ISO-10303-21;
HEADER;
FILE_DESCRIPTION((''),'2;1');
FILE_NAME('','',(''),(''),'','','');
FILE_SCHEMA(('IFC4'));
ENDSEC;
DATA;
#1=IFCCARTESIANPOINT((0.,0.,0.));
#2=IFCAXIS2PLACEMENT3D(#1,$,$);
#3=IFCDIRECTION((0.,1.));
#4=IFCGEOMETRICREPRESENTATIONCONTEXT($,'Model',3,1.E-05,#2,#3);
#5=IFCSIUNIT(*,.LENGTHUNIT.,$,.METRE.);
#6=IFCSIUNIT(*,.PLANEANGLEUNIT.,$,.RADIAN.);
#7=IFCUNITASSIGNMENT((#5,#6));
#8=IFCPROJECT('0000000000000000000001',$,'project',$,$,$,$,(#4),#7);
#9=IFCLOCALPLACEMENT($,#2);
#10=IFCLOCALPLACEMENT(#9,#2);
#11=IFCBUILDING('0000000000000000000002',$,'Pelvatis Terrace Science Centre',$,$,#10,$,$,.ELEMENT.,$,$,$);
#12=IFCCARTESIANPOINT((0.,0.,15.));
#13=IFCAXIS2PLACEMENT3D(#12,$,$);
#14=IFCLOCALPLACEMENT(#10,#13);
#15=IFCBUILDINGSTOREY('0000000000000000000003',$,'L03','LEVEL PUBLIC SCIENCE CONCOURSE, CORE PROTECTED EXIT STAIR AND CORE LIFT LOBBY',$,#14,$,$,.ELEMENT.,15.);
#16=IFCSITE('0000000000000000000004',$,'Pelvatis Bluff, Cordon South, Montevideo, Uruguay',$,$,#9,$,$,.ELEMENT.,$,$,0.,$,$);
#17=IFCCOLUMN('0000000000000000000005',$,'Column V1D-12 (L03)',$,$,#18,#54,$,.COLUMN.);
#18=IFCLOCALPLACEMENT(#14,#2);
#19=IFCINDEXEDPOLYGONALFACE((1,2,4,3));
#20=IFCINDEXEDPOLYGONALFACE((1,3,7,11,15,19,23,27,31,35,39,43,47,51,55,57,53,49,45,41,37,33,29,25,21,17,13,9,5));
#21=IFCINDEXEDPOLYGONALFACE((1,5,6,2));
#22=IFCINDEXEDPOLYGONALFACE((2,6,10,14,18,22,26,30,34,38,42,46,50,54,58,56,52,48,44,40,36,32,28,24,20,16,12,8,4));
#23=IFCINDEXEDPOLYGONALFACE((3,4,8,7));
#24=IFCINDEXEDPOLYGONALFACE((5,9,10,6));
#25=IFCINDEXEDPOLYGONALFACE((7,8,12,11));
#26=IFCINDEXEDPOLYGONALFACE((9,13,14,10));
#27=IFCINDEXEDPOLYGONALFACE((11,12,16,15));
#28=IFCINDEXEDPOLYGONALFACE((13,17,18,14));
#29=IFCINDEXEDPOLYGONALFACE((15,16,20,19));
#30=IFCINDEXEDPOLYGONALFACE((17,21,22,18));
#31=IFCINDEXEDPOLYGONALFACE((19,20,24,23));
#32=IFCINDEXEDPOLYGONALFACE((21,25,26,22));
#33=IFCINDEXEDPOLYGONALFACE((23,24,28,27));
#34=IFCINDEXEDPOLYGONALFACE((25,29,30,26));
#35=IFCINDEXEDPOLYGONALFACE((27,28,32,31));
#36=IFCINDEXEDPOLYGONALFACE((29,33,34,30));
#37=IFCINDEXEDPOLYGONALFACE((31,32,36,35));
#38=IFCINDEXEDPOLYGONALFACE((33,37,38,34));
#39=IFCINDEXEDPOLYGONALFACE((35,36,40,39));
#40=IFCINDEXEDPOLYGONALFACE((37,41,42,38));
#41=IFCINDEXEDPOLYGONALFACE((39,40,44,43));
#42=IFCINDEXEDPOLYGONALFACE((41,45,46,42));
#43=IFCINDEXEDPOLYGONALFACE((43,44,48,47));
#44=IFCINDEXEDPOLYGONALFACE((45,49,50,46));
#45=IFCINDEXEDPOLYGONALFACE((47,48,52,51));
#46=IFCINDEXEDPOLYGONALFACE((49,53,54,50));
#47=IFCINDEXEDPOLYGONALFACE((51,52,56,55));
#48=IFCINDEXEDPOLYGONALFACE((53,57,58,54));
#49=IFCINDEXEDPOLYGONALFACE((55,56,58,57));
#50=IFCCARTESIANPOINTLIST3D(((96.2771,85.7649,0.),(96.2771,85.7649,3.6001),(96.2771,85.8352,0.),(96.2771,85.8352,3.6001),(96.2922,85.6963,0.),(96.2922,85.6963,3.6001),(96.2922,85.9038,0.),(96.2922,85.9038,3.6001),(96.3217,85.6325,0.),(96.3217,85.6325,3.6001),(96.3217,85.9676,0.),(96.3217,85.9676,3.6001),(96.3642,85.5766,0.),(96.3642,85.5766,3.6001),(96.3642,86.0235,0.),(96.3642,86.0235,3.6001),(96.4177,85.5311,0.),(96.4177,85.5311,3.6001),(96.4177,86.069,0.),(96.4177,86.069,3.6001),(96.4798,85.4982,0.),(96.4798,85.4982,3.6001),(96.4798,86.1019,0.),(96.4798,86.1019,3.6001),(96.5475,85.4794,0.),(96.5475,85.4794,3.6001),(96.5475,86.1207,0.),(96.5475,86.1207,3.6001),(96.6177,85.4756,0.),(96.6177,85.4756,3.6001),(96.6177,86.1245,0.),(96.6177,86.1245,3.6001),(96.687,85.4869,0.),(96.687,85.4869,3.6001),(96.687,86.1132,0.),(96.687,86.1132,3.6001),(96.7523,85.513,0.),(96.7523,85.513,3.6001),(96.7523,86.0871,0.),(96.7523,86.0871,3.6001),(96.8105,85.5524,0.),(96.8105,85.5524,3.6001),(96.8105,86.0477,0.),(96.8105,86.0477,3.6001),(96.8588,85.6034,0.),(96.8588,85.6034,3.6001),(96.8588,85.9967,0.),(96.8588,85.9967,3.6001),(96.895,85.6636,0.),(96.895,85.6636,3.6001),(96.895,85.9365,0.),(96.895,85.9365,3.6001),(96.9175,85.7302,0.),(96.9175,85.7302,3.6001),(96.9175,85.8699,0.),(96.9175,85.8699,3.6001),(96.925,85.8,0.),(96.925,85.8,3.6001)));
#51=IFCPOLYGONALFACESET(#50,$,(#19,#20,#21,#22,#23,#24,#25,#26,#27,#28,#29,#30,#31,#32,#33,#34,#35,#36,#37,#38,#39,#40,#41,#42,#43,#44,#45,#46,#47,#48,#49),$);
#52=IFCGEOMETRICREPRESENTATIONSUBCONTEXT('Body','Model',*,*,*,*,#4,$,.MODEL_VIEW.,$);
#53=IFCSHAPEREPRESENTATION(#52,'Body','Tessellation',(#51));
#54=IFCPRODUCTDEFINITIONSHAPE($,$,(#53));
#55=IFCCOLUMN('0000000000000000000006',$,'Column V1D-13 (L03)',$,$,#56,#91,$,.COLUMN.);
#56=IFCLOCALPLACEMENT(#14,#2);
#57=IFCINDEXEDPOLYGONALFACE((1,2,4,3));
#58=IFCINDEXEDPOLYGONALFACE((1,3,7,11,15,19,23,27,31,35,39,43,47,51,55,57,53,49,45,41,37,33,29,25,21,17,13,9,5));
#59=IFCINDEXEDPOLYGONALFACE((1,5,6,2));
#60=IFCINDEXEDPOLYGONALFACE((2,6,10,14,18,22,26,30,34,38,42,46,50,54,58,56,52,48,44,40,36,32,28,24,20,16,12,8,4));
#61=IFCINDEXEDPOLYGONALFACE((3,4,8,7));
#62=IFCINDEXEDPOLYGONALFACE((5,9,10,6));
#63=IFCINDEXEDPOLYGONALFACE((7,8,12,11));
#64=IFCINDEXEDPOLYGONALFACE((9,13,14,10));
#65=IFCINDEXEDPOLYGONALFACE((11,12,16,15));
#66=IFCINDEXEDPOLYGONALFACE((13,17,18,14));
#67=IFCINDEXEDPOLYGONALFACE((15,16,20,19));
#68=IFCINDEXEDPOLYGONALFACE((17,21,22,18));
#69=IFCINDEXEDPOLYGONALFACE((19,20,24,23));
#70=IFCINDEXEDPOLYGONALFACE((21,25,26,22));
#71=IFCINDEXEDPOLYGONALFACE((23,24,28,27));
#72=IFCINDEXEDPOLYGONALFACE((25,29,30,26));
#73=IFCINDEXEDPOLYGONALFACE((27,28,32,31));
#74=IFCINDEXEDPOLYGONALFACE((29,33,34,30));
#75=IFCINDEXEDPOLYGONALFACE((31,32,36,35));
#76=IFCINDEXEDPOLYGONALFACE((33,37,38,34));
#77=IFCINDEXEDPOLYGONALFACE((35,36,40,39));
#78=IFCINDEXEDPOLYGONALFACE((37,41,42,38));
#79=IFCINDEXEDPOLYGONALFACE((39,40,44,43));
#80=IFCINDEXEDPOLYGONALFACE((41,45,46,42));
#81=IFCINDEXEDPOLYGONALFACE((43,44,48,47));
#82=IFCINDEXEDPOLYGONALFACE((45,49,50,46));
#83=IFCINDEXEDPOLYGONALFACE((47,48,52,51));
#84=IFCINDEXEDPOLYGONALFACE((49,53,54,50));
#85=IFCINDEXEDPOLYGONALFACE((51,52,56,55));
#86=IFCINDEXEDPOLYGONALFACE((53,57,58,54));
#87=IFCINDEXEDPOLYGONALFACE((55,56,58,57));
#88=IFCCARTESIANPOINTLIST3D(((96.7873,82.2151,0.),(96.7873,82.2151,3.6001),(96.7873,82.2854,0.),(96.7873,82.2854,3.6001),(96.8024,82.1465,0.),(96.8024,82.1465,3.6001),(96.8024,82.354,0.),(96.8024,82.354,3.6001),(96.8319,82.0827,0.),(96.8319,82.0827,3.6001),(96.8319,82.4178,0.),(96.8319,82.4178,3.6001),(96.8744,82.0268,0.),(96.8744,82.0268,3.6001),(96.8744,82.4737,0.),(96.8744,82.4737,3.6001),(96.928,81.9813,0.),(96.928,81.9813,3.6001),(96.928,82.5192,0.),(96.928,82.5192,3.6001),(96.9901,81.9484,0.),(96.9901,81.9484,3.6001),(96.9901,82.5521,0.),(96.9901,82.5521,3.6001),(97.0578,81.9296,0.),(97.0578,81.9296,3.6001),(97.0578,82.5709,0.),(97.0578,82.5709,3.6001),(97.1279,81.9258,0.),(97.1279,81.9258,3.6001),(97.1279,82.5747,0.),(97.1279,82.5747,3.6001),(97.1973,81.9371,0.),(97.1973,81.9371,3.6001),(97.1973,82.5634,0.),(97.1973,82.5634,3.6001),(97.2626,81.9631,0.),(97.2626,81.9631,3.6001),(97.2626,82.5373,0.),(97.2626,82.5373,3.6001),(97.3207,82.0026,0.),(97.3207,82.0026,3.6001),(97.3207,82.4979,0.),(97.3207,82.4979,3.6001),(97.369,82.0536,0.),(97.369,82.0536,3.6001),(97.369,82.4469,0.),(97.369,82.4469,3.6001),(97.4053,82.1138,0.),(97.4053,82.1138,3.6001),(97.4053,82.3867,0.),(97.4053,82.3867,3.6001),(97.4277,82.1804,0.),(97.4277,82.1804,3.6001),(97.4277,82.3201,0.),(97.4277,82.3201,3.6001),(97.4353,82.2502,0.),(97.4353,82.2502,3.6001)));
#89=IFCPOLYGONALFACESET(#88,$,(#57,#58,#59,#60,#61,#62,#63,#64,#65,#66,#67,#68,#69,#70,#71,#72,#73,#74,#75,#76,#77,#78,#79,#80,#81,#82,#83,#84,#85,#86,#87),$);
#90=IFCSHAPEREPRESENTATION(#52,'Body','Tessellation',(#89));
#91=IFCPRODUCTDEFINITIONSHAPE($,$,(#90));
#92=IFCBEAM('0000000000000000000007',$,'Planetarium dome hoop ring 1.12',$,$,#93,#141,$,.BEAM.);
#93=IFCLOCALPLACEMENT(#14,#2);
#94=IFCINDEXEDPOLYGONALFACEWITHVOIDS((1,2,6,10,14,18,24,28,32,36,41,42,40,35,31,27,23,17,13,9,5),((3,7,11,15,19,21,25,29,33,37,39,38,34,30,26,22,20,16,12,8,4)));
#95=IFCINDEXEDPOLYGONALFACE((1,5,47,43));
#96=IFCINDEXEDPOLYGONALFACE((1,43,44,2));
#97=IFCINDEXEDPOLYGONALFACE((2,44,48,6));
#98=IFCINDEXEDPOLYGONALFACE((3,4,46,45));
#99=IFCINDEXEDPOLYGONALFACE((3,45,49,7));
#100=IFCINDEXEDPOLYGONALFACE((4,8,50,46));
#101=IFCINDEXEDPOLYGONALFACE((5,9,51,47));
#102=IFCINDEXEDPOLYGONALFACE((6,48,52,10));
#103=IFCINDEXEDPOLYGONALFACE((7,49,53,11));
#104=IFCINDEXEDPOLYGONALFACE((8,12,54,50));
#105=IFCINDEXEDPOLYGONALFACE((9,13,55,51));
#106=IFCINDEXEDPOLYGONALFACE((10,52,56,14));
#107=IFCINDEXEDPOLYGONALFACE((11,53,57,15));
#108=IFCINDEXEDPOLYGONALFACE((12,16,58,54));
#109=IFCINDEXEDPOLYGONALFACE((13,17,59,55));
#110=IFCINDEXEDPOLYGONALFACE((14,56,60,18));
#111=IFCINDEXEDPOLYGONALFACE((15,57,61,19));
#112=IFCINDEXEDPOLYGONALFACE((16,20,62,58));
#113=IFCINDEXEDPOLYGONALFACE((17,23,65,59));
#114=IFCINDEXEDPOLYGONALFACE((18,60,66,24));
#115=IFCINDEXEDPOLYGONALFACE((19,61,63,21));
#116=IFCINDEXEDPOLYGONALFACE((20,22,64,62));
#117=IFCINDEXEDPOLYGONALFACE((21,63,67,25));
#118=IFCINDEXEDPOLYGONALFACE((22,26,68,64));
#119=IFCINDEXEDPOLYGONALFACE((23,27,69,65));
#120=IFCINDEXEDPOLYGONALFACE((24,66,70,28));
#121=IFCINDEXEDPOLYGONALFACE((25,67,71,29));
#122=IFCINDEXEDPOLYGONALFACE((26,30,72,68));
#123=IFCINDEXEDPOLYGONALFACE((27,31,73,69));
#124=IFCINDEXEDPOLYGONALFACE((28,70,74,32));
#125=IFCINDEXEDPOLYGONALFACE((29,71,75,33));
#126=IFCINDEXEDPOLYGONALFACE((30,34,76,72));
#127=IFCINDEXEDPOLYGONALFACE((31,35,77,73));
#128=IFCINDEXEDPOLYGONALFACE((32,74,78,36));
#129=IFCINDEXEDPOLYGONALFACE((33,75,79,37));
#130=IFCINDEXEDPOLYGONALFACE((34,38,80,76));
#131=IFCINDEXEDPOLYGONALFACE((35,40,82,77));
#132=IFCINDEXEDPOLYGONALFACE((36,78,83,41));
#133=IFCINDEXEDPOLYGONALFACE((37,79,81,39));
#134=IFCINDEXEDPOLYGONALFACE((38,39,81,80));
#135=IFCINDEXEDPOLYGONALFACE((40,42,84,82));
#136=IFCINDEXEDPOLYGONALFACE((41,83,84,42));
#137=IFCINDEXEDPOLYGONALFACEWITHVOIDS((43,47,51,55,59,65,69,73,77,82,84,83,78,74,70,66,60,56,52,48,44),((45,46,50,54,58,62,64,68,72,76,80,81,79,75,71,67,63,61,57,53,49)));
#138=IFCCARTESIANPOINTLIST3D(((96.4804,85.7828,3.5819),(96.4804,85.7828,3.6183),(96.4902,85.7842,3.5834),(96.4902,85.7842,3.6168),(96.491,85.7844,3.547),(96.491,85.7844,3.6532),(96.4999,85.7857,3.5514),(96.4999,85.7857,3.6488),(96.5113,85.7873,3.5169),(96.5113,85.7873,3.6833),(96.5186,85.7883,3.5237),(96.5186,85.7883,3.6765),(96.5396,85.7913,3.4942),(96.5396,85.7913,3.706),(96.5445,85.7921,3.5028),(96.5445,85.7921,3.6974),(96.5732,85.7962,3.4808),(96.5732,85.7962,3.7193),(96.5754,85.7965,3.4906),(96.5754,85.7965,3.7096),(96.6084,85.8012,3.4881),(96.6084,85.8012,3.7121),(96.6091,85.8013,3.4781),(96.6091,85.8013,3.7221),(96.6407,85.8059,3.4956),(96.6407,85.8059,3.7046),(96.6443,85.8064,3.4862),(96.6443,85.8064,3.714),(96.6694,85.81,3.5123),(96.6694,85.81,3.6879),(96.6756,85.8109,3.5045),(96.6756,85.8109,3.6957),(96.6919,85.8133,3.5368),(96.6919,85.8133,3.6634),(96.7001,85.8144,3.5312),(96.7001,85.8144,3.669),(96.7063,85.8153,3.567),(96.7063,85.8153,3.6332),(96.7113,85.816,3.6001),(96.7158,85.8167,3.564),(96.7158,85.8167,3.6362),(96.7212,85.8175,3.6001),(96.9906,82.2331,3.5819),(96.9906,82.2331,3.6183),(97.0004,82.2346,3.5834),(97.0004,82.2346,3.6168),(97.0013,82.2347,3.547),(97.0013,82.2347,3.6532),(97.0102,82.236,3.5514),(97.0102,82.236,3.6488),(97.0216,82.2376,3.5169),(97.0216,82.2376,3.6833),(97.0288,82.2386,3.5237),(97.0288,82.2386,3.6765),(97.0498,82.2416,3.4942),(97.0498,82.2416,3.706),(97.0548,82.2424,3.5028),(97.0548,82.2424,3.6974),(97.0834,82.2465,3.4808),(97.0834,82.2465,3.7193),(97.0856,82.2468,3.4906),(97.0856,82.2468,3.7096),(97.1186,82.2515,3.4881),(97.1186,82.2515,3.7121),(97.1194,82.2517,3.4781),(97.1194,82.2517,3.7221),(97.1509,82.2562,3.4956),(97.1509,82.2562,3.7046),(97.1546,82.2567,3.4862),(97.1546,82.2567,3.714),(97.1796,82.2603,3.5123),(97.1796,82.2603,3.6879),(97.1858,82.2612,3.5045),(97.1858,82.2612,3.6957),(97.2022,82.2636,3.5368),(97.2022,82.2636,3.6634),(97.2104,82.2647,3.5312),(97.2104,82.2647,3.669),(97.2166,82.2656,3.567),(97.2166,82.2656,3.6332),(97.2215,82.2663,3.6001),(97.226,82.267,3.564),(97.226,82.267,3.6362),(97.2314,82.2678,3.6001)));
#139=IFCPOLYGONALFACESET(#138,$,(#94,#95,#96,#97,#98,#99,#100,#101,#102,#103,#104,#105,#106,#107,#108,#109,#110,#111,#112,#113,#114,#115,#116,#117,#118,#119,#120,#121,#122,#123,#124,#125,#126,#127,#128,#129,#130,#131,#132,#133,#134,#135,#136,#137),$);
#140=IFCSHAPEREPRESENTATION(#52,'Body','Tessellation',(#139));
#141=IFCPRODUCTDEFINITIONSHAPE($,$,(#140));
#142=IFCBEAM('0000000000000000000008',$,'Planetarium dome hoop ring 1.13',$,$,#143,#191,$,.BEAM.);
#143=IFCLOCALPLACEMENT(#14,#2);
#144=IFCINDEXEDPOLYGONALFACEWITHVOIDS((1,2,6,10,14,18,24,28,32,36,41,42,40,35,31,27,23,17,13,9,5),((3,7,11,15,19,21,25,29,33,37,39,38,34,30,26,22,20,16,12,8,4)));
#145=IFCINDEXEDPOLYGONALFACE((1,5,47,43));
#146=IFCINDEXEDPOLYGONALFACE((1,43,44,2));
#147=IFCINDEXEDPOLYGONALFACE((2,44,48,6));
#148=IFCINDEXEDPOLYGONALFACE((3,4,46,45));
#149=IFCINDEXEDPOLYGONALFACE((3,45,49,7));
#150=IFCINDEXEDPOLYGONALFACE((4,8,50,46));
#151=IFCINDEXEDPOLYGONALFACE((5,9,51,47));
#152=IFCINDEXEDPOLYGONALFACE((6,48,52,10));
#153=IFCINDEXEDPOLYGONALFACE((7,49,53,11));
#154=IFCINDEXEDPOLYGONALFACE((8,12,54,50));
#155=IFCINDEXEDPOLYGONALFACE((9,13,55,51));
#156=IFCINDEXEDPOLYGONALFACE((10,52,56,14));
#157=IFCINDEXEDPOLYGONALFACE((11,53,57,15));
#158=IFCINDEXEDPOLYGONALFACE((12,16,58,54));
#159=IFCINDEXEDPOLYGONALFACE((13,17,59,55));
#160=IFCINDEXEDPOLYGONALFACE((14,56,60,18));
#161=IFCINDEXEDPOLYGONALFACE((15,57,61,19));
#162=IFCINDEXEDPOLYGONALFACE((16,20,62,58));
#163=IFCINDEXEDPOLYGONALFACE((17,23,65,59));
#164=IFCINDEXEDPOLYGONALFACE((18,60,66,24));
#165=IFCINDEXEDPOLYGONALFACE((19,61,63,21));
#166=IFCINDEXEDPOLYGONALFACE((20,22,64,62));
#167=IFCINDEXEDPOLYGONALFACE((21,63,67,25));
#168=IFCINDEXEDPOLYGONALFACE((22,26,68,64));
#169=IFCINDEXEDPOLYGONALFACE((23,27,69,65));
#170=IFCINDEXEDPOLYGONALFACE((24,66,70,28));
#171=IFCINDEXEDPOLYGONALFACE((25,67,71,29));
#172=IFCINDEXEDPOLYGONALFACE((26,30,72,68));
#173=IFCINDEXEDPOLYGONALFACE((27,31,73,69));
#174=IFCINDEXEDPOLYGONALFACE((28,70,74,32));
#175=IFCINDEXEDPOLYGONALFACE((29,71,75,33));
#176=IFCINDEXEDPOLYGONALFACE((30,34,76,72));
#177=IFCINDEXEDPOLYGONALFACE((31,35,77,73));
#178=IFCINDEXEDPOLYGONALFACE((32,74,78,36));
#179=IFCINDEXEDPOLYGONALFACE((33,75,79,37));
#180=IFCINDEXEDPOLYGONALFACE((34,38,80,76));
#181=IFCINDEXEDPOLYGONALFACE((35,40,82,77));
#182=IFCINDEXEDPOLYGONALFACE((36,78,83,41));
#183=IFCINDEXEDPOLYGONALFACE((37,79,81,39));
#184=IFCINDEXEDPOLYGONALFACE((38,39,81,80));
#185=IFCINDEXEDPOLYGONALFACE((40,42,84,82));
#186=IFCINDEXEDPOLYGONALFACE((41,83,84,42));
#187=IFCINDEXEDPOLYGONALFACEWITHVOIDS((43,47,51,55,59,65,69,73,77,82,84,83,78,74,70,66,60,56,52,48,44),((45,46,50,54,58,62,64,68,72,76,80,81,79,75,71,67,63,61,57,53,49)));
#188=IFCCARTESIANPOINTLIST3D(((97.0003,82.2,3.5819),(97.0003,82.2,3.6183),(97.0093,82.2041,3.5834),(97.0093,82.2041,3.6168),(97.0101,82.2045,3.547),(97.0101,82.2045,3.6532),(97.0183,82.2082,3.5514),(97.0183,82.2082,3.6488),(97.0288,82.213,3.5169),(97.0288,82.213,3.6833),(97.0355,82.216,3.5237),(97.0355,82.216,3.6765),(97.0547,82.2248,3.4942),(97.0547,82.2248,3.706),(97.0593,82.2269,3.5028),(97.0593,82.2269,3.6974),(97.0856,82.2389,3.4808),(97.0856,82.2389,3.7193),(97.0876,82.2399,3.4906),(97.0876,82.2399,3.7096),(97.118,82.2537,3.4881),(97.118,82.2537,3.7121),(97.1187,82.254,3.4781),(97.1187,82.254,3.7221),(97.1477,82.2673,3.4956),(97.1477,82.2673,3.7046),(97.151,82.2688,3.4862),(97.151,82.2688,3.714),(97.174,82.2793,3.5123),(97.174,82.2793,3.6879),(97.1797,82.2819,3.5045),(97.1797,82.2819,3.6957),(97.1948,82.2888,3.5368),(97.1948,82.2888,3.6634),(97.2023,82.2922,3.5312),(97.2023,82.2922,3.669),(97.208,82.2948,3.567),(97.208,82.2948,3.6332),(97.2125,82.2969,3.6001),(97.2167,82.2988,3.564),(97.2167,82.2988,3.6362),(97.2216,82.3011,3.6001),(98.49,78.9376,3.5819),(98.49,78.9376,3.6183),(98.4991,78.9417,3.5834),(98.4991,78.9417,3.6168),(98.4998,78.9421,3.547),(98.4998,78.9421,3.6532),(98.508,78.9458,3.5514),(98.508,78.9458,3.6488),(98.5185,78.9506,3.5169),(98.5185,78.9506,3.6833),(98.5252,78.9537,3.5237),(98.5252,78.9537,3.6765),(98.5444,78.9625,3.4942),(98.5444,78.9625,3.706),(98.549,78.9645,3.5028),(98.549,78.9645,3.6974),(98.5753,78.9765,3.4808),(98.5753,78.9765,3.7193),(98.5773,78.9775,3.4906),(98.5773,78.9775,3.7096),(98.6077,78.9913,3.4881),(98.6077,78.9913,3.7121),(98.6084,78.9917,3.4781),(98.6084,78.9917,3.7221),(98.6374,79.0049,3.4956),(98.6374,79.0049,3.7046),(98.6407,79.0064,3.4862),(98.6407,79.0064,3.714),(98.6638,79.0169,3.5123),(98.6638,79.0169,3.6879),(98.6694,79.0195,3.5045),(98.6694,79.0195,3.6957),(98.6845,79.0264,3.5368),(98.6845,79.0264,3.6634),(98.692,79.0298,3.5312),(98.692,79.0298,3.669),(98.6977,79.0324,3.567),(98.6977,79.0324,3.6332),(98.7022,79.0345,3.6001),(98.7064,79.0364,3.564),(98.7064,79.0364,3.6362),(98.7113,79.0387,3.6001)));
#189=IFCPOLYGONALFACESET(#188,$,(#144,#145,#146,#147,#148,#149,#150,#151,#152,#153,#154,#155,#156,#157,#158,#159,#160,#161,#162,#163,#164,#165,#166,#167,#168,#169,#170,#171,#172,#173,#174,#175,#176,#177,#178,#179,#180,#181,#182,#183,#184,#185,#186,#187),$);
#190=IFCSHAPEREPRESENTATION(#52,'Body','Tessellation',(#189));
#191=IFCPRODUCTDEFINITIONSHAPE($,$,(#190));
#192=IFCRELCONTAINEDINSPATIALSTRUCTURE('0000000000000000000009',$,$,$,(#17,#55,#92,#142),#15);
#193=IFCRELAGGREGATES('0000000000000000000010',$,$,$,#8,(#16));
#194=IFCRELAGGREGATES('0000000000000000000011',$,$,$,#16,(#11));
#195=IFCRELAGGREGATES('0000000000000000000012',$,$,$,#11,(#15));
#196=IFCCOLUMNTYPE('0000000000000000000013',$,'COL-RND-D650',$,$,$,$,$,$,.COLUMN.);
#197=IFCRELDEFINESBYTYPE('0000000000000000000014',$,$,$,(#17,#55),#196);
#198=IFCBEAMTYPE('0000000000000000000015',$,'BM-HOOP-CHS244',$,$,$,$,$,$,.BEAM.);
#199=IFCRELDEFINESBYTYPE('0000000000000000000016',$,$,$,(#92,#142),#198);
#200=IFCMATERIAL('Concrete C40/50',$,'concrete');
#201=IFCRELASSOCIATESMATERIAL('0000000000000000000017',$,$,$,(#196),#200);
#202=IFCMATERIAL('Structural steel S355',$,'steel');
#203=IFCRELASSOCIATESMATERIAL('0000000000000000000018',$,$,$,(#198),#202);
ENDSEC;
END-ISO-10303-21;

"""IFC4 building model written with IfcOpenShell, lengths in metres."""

from ifc_helpers import new_model, si_unit, direction, frame, origin, origin_2d, place, context, subcontext, project, spatial, circle, hollow_circle, extrude, material, material_profile, profile_set, type_object, element, save


model = new_model("IFC4")

# Units and contexts
model_context = context("Model", 3, precision=1e-05, world=origin(), true_north=direction((0.0, 1.0)))
body_context = subcontext(model_context, "Body", "Model", "MODEL_VIEW")
ifc_project = project(units=[si_unit("LENGTHUNIT", "METRE"), si_unit("PLANEANGLEUNIT", "RADIAN")], contexts=[model_context])

# Site, building, storey
site_placement = place(None, origin())
site = spatial("IfcSite", under=ifc_project, at=site_placement, Name="Pelvatis Bluff, Cordon South, Montevideo, Uruguay", CompositionType="ELEMENT", RefElevation=0.0)
building_placement = place(site_placement, origin())
building = spatial("IfcBuilding", under=site, at=building_placement, Name="Pelvatis Terrace Science Centre", CompositionType="ELEMENT")
storey_placement = place(building_placement, frame((0.0, 0.0, 15.0)))
storey = spatial("IfcBuildingStorey", under=building, at=storey_placement, Name="L03", Description="LEVEL PUBLIC SCIENCE CONCOURSE, CORE PROTECTED EXIT STAIR AND CORE LIFT LOBBY", CompositionType="ELEMENT", Elevation=15.0)

# Columns
ifc_material_1 = material(Name="Concrete C40/50", Category="concrete")
ifc_material_profile_1 = material_profile(ifc_material_1, circle(Radius=0.325, at=origin_2d()), Name="RC-RCOL D650")
ifc_profile_set_1 = profile_set([ifc_material_profile_1], Name="Concrete C40/50")
column_type = type_object("IfcColumnType", Name="COL-RND-D650", PredefinedType="COLUMN", material=ifc_profile_set_1)
for number, where, z_axis, x_axis, name in (
    (1, (96.6001, 85.8, 0.0), (0.0, 0.0, 1.0), (1.0, 0.0, 0.0), "Column V1D-12 (L03)"),
    (2, (97.1104, 82.2502, 0.0), (0.0, 0.0, 1.0), (1.0, 0.0, 0.0), "Column V1D-13 (L03)"),
):
    element("IfcColumn", number, at=place(storey_placement, frame(where, z_axis=z_axis, x_axis=x_axis)), inside=storey, type_object=column_type, Name=name, PredefinedType="COLUMN", context=body_context, shape_type="SweptSolid", body=[
        extrude(circle(Radius=0.325, at=origin_2d()), origin(), (0.0, 0.0, 1.0), 3.6001),
    ])

# Beams
ifc_material_2 = material(Name="Structural steel S355", Category="steel")
ifc_material_profile_2 = material_profile(ifc_material_2, hollow_circle(Radius=0.1223, WallThickness=0.01, at=origin_2d()), Name="CHS 244.5x10.0")
ifc_profile_set_2 = profile_set([ifc_material_profile_2], Name="Structural steel S355")
beam_type_1 = type_object("IfcBeamType", Name="BM-HOOP-CHS244", PredefinedType="BEAM", material=ifc_profile_set_2)
beam_1_placement = place(storey_placement, frame((96.6001, 85.8, 3.6001), z_axis=(0.142279, -0.989827, 0.0), x_axis=(0.989827, 0.142279, 0.0)))
element("IfcBeam", 3, at=beam_1_placement, inside=storey, type_object=beam_type_1, Name="Planetarium dome hoop ring 1.12", PredefinedType="BEAM", context=body_context, shape_type="SweptSolid", body=[
    extrude(hollow_circle(Radius=0.1223, WallThickness=0.01, at=origin_2d()), origin(), (0.0, 0.0, 1.0), 3.5862),
])
beam_2_placement = place(storey_placement, frame((97.1104, 82.2502, 3.6001), z_axis=(0.415377, -0.909649, 0.0), x_axis=(0.909649, 0.415377, 0.0)))
element("IfcBeam", 4, at=beam_2_placement, inside=storey, type_object=beam_type_1, Name="Planetarium dome hoop ring 1.13", PredefinedType="BEAM", context=body_context, shape_type="SweptSolid", body=[
    extrude(hollow_circle(Radius=0.1223, WallThickness=0.01, at=origin_2d()), origin(), (0.0, 0.0, 1.0), 3.5864),
])

save(model, "model.ifc")
